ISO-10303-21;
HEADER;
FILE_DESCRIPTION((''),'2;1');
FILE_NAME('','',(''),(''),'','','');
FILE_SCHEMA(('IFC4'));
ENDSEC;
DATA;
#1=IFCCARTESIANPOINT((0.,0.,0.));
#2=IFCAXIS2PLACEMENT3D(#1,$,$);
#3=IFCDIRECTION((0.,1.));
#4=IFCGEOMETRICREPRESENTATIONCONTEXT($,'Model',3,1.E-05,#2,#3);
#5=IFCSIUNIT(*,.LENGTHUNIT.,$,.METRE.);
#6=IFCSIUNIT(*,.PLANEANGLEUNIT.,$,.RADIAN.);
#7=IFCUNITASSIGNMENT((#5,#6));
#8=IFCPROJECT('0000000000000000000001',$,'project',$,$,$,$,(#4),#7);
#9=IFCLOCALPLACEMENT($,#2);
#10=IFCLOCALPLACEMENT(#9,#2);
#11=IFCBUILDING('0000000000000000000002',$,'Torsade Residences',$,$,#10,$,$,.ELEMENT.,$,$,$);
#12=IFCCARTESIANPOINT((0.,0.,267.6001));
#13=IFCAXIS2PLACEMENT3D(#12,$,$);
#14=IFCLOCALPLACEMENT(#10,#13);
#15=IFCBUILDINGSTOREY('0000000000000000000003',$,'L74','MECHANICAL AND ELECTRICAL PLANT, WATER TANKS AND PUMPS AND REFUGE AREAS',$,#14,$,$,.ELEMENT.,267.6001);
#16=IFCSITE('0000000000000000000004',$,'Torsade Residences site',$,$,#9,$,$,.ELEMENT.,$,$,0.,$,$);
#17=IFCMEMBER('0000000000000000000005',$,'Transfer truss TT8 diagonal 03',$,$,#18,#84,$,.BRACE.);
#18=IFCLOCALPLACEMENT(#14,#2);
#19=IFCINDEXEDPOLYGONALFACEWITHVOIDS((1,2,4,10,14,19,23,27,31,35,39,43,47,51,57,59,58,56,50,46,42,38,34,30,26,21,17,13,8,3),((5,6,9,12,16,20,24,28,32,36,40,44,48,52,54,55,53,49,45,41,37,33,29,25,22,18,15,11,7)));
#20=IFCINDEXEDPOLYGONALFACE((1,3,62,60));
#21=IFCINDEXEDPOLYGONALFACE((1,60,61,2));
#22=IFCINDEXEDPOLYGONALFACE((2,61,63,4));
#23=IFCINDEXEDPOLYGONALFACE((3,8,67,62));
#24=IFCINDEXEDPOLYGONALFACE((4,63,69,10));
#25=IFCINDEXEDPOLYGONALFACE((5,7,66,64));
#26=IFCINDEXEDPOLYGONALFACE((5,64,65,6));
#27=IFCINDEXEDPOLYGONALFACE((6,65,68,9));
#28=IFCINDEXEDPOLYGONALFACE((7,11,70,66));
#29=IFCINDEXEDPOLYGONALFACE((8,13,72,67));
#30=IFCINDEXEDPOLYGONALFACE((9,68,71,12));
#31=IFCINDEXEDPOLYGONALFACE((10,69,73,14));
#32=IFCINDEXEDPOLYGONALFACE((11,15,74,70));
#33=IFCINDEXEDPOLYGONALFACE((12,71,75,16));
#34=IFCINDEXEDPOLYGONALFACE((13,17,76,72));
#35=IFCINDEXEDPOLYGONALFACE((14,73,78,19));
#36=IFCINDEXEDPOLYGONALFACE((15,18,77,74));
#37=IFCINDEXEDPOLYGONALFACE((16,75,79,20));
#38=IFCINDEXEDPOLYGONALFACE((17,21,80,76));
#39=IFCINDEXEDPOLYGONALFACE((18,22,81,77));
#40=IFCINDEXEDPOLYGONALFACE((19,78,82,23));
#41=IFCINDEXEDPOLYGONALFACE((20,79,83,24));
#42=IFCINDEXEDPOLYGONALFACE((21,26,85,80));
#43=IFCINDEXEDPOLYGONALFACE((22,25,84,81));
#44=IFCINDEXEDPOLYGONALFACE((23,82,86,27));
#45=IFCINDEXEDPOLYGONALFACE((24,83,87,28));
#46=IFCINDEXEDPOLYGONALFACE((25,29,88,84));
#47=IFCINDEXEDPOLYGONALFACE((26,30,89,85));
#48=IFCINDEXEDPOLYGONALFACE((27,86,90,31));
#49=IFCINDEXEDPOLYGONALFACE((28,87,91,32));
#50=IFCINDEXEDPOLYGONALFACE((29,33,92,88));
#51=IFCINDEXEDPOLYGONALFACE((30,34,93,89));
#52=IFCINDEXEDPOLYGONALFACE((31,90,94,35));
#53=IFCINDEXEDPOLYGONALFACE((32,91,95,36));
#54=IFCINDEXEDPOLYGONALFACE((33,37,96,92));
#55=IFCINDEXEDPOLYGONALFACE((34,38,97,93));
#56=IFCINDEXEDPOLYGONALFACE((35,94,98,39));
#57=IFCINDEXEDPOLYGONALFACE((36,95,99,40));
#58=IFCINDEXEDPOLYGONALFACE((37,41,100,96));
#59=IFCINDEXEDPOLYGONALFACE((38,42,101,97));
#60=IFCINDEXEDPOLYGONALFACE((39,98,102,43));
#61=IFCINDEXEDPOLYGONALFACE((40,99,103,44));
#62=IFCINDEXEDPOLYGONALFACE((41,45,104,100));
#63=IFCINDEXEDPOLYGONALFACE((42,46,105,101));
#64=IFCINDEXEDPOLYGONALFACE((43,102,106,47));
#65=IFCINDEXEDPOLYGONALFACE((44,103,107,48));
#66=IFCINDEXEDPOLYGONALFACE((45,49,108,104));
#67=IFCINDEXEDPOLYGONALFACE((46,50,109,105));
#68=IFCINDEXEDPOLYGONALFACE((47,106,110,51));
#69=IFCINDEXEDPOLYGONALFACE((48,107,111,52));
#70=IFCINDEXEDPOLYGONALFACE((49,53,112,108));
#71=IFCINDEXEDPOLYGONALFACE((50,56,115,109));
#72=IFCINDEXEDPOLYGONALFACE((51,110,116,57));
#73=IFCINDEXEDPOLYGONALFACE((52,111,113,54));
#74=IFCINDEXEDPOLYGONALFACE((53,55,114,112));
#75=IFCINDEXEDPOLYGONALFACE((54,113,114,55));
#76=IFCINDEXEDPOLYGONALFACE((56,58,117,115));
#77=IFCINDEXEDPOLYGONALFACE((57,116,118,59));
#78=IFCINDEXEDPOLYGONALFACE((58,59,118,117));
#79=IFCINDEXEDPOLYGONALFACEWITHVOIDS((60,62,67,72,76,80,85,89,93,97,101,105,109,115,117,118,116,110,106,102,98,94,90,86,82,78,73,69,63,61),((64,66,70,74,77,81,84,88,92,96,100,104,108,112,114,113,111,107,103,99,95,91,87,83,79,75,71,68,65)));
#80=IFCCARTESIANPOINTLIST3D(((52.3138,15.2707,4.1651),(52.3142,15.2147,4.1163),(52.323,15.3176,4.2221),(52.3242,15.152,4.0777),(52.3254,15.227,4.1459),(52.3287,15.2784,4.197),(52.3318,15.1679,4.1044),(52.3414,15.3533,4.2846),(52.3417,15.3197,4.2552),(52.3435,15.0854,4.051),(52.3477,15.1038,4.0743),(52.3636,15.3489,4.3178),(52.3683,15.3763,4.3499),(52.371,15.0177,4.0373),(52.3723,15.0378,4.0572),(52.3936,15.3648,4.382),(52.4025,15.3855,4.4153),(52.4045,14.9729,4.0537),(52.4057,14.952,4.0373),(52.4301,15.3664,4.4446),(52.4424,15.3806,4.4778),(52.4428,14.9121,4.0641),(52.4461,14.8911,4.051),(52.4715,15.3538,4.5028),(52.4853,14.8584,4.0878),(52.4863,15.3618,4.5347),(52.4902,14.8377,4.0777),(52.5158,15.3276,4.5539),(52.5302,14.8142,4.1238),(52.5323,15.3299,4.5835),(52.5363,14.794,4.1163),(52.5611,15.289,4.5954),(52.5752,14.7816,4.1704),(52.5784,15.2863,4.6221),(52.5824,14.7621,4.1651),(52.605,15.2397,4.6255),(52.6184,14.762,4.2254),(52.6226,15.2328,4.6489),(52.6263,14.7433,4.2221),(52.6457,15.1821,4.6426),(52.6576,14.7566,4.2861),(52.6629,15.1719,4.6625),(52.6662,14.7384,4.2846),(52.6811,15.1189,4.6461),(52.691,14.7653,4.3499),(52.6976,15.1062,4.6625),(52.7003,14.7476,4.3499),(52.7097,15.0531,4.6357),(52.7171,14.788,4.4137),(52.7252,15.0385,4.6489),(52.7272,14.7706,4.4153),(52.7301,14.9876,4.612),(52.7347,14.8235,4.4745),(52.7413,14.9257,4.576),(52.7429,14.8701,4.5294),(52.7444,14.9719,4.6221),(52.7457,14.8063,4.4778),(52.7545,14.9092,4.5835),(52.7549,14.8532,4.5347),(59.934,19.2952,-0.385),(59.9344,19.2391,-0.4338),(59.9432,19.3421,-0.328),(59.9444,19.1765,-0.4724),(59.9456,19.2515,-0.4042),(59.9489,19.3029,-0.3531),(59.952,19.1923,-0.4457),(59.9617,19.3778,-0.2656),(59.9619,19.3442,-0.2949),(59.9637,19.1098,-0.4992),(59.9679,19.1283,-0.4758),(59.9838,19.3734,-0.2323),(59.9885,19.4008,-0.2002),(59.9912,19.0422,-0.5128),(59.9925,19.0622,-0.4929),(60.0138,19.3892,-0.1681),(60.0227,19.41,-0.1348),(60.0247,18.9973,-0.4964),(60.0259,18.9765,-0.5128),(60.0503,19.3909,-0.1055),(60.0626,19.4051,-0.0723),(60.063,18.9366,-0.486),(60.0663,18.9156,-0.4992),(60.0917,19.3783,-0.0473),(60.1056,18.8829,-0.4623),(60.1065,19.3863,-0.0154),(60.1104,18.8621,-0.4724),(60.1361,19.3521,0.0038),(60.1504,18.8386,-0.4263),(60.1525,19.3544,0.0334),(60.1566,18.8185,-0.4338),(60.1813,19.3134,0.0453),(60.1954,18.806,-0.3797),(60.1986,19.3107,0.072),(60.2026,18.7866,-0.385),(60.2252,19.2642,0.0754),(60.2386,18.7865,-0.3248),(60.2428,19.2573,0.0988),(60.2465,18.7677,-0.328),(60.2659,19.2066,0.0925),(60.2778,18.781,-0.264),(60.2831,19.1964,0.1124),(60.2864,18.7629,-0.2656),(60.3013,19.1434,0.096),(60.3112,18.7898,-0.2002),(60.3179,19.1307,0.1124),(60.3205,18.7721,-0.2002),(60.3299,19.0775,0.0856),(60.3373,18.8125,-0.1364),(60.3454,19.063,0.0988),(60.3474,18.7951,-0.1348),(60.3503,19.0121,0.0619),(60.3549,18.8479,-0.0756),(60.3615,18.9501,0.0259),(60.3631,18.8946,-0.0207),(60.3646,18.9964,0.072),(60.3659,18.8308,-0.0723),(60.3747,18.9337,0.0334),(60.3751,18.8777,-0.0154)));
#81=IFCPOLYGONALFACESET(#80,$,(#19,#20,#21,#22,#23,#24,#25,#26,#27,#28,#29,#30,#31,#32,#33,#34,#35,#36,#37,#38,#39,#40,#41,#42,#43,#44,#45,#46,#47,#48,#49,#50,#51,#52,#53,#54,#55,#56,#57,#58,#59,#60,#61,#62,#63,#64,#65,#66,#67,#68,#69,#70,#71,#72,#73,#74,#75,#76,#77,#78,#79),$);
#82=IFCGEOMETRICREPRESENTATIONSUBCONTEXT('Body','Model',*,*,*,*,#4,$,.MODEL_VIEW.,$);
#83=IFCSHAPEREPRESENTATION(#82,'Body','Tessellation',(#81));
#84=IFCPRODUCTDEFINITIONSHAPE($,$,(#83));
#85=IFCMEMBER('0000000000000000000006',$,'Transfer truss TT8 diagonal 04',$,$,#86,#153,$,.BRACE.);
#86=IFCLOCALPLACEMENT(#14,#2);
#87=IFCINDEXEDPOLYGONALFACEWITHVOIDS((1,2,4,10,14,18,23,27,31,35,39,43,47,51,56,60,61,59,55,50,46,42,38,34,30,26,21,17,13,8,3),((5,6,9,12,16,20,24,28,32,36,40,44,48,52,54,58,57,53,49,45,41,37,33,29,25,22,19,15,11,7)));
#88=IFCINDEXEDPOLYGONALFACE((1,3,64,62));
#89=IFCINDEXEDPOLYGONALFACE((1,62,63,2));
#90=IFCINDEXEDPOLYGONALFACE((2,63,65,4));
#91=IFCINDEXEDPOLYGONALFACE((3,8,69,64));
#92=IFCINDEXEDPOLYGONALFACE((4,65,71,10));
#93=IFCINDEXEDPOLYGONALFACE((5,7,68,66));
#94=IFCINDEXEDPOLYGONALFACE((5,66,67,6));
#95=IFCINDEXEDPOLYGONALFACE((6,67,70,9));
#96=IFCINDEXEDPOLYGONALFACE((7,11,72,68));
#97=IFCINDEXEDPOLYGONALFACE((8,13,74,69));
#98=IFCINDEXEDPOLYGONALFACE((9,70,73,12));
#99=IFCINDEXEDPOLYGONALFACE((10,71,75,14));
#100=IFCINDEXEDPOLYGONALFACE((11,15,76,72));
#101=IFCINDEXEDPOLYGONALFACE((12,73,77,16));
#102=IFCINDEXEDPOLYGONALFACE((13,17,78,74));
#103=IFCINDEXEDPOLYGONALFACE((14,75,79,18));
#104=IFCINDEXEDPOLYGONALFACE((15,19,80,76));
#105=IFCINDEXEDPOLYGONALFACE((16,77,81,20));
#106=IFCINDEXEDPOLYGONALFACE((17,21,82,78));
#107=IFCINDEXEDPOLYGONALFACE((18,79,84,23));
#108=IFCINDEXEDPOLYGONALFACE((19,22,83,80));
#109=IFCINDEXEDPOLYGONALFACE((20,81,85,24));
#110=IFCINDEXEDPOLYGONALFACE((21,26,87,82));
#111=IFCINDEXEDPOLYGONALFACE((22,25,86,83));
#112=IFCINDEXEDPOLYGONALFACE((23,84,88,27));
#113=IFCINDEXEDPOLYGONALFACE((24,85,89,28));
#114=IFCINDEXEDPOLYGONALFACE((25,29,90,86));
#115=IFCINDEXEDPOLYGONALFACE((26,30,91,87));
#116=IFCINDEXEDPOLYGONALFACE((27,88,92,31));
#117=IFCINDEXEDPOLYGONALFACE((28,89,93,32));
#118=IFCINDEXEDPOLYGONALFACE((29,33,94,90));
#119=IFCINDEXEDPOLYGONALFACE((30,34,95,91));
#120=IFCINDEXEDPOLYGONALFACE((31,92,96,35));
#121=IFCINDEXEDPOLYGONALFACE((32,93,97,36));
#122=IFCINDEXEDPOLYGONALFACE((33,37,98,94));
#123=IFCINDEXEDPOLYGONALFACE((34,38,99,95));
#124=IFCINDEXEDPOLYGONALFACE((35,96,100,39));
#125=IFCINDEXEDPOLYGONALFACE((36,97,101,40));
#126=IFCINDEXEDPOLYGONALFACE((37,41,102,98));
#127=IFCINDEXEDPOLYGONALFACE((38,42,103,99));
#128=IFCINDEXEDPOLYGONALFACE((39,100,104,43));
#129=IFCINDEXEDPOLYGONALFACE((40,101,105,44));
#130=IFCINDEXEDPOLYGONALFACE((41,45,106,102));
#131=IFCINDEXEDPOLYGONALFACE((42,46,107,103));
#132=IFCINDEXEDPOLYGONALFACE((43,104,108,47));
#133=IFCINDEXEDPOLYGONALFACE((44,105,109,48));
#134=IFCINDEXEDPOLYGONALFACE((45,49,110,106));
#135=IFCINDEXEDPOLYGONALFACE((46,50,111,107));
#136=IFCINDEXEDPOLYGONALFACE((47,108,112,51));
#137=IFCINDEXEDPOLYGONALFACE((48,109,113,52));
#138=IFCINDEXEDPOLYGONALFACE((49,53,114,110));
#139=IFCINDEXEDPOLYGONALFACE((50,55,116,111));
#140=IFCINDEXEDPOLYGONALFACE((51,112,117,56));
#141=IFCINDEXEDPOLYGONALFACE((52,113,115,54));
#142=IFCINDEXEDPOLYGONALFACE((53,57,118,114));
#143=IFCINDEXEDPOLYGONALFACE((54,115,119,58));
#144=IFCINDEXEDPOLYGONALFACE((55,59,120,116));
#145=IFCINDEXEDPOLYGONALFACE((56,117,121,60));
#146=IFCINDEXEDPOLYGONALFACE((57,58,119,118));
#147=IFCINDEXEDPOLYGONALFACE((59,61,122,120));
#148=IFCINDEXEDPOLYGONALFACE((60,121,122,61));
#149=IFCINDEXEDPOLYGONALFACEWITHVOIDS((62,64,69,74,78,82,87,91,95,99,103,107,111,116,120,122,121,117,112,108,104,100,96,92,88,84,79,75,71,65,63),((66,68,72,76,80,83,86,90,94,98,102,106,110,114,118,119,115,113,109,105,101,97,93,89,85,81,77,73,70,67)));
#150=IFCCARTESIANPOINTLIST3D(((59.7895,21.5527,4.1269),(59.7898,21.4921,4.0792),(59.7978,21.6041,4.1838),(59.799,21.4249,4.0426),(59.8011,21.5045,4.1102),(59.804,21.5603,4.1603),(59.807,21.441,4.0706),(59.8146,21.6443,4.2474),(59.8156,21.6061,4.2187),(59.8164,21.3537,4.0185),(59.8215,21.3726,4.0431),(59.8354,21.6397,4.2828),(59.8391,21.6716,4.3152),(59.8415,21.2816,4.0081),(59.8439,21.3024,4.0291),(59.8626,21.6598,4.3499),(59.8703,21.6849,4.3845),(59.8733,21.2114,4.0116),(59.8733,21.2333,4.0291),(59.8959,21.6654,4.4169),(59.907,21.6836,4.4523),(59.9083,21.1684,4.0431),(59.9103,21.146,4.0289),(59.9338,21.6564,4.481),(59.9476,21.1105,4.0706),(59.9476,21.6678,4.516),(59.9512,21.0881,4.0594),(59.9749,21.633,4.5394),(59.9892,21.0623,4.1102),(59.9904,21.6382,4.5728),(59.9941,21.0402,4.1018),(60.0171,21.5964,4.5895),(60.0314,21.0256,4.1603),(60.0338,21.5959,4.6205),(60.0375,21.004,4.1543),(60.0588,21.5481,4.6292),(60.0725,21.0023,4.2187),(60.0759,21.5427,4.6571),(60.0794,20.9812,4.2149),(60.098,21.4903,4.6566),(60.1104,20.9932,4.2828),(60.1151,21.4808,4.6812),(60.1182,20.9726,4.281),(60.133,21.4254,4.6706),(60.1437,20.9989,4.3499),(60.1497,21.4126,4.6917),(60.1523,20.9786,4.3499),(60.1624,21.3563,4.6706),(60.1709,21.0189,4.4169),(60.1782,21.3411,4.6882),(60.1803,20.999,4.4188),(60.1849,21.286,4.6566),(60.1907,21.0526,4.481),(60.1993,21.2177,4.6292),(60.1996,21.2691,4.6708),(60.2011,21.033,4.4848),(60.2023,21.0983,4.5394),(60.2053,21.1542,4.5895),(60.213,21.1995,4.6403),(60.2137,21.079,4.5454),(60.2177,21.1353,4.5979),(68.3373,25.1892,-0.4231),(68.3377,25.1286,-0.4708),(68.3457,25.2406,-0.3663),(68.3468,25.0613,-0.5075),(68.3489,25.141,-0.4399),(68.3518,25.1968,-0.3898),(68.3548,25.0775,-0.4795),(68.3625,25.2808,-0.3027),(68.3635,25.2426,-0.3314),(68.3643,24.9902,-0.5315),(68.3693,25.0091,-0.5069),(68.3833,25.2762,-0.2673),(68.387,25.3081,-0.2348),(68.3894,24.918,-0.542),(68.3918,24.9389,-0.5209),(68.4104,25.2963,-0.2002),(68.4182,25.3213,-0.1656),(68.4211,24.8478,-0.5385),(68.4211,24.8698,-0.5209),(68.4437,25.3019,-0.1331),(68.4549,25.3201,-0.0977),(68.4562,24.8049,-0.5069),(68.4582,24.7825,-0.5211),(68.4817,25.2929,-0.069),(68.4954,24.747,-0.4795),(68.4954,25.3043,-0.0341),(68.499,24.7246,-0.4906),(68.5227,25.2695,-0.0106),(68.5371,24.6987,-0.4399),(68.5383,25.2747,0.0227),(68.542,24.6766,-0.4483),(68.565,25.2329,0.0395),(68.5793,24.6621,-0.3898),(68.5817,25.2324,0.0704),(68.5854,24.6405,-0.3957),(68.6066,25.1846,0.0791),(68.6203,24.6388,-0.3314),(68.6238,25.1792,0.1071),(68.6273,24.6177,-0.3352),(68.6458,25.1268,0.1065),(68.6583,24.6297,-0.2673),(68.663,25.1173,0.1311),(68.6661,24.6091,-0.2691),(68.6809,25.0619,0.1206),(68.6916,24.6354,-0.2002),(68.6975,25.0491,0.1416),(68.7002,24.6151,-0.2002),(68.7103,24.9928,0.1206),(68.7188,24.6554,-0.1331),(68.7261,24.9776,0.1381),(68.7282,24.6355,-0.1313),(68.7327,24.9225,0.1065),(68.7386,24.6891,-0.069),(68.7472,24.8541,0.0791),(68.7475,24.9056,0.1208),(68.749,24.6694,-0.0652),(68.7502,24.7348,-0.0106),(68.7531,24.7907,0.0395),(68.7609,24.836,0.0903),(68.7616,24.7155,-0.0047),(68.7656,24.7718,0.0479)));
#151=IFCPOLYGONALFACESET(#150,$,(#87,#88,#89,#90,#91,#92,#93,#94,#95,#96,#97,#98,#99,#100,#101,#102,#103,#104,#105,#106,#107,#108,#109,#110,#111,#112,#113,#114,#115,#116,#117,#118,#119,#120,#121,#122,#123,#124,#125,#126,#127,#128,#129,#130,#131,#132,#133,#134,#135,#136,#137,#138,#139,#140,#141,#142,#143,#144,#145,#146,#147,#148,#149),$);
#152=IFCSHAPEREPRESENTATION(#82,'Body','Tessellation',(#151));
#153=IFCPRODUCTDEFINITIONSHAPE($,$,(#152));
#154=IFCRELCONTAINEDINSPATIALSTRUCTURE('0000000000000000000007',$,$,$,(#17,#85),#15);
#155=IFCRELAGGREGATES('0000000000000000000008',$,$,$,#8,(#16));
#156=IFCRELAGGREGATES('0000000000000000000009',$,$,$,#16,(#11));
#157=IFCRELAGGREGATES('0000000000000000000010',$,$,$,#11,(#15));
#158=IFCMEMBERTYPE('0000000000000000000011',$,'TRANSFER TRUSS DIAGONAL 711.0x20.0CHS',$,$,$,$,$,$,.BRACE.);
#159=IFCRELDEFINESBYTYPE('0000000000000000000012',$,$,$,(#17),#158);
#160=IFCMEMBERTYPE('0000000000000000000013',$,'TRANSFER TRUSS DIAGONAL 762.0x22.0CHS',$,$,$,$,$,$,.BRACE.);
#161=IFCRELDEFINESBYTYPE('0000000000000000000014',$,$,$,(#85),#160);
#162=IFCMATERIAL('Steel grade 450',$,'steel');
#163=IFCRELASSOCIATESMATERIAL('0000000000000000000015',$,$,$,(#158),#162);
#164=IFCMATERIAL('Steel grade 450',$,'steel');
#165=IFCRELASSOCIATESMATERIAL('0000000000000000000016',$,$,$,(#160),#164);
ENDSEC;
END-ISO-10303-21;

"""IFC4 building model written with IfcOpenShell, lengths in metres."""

from ifc_helpers import new_model, si_unit, direction, frame, origin, origin_2d, place, context, subcontext, project, spatial, hollow_circle, extrude, material, material_profile, profile_set, type_object, element, save


model = new_model("IFC4")

# Units and contexts
model_context = context("Model", 3, precision=1e-05, world=origin(), true_north=direction((0.0, 1.0)))
body_context = subcontext(model_context, "Body", "Model", "MODEL_VIEW")
ifc_project = project(units=[si_unit("LENGTHUNIT", "METRE"), si_unit("PLANEANGLEUNIT", "RADIAN")], contexts=[model_context])

# Site, building, storey
site_placement = place(None, origin())
site = spatial("IfcSite", under=ifc_project, at=site_placement, Name="Torsade Residences site", CompositionType="ELEMENT", RefElevation=0.0)
building_placement = place(site_placement, origin())
building = spatial("IfcBuilding", under=site, at=building_placement, Name="Torsade Residences", CompositionType="ELEMENT")
storey_placement = place(building_placement, frame((0.0, 0.0, 267.6001)))
storey = spatial("IfcBuildingStorey", under=building, at=storey_placement, Name="L74", Description="MECHANICAL AND ELECTRICAL PLANT, WATER TANKS AND PUMPS AND REFUGE AREAS", CompositionType="ELEMENT", Elevation=267.6001)

# Members
ifc_material_1 = material(Name="Steel grade 450", Category="steel")
ifc_material_profile_1 = material_profile(ifc_material_1, hollow_circle(Radius=0.3555, WallThickness=0.02, at=origin_2d()), Name="711.0x20.0CHS")
ifc_profile_set_1 = profile_set([ifc_material_profile_1], Name="Steel grade 450")
member_type_1 = type_object("IfcMemberType", Name="TRANSFER TRUSS DIAGONAL 711.0x20.0CHS", PredefinedType="BRACE", material=ifc_profile_set_1)
member_1_placement = place(storey_placement, frame((60.1545, 19.0864, -0.2002), z_axis=(-0.781951, -0.412972, 0.466911), x_axis=(0.467002, -0.884256, 0.0)))
element("IfcMember", 1, at=member_1_placement, inside=storey, type_object=member_type_1, Name="Transfer truss TT8 diagonal 03", PredefinedType="BRACE", context=body_context, shape_type="SweptSolid", body=[
    extrude(hollow_circle(Radius=0.3555, WallThickness=0.02, at=origin_2d()), origin(), (0.0, 0.0, 1.0), 9.7451),
])
ifc_material_2 = material(Name="Steel grade 450", Category="steel")
ifc_material_profile_2 = material_profile(ifc_material_2, hollow_circle(Radius=0.3811, WallThickness=0.022, at=origin_2d()), Name="762.0x22.0CHS")
ifc_profile_set_2 = profile_set([ifc_material_profile_2], Name="Steel grade 450")
member_type_2 = type_object("IfcMemberType", Name="TRANSFER TRUSS DIAGONAL 762.0x22.0CHS", PredefinedType="BRACE", material=ifc_profile_set_2)
member_2_placement = place(storey_placement, frame((68.551, 24.9658, -0.2002), z_axis=(-0.82638, -0.351563, 0.439885), x_axis=(0.391472, -0.92019, 0.0)))
element("IfcMember", 2, at=member_2_placement, inside=storey, type_object=member_type_2, Name="Transfer truss TT8 diagonal 04", PredefinedType="BRACE", context=body_context, shape_type="SweptSolid", body=[
    extrude(hollow_circle(Radius=0.3811, WallThickness=0.022, at=origin_2d()), origin(), (0.0, 0.0, 1.0), 10.3438),
])

save(model, "model.ifc")
